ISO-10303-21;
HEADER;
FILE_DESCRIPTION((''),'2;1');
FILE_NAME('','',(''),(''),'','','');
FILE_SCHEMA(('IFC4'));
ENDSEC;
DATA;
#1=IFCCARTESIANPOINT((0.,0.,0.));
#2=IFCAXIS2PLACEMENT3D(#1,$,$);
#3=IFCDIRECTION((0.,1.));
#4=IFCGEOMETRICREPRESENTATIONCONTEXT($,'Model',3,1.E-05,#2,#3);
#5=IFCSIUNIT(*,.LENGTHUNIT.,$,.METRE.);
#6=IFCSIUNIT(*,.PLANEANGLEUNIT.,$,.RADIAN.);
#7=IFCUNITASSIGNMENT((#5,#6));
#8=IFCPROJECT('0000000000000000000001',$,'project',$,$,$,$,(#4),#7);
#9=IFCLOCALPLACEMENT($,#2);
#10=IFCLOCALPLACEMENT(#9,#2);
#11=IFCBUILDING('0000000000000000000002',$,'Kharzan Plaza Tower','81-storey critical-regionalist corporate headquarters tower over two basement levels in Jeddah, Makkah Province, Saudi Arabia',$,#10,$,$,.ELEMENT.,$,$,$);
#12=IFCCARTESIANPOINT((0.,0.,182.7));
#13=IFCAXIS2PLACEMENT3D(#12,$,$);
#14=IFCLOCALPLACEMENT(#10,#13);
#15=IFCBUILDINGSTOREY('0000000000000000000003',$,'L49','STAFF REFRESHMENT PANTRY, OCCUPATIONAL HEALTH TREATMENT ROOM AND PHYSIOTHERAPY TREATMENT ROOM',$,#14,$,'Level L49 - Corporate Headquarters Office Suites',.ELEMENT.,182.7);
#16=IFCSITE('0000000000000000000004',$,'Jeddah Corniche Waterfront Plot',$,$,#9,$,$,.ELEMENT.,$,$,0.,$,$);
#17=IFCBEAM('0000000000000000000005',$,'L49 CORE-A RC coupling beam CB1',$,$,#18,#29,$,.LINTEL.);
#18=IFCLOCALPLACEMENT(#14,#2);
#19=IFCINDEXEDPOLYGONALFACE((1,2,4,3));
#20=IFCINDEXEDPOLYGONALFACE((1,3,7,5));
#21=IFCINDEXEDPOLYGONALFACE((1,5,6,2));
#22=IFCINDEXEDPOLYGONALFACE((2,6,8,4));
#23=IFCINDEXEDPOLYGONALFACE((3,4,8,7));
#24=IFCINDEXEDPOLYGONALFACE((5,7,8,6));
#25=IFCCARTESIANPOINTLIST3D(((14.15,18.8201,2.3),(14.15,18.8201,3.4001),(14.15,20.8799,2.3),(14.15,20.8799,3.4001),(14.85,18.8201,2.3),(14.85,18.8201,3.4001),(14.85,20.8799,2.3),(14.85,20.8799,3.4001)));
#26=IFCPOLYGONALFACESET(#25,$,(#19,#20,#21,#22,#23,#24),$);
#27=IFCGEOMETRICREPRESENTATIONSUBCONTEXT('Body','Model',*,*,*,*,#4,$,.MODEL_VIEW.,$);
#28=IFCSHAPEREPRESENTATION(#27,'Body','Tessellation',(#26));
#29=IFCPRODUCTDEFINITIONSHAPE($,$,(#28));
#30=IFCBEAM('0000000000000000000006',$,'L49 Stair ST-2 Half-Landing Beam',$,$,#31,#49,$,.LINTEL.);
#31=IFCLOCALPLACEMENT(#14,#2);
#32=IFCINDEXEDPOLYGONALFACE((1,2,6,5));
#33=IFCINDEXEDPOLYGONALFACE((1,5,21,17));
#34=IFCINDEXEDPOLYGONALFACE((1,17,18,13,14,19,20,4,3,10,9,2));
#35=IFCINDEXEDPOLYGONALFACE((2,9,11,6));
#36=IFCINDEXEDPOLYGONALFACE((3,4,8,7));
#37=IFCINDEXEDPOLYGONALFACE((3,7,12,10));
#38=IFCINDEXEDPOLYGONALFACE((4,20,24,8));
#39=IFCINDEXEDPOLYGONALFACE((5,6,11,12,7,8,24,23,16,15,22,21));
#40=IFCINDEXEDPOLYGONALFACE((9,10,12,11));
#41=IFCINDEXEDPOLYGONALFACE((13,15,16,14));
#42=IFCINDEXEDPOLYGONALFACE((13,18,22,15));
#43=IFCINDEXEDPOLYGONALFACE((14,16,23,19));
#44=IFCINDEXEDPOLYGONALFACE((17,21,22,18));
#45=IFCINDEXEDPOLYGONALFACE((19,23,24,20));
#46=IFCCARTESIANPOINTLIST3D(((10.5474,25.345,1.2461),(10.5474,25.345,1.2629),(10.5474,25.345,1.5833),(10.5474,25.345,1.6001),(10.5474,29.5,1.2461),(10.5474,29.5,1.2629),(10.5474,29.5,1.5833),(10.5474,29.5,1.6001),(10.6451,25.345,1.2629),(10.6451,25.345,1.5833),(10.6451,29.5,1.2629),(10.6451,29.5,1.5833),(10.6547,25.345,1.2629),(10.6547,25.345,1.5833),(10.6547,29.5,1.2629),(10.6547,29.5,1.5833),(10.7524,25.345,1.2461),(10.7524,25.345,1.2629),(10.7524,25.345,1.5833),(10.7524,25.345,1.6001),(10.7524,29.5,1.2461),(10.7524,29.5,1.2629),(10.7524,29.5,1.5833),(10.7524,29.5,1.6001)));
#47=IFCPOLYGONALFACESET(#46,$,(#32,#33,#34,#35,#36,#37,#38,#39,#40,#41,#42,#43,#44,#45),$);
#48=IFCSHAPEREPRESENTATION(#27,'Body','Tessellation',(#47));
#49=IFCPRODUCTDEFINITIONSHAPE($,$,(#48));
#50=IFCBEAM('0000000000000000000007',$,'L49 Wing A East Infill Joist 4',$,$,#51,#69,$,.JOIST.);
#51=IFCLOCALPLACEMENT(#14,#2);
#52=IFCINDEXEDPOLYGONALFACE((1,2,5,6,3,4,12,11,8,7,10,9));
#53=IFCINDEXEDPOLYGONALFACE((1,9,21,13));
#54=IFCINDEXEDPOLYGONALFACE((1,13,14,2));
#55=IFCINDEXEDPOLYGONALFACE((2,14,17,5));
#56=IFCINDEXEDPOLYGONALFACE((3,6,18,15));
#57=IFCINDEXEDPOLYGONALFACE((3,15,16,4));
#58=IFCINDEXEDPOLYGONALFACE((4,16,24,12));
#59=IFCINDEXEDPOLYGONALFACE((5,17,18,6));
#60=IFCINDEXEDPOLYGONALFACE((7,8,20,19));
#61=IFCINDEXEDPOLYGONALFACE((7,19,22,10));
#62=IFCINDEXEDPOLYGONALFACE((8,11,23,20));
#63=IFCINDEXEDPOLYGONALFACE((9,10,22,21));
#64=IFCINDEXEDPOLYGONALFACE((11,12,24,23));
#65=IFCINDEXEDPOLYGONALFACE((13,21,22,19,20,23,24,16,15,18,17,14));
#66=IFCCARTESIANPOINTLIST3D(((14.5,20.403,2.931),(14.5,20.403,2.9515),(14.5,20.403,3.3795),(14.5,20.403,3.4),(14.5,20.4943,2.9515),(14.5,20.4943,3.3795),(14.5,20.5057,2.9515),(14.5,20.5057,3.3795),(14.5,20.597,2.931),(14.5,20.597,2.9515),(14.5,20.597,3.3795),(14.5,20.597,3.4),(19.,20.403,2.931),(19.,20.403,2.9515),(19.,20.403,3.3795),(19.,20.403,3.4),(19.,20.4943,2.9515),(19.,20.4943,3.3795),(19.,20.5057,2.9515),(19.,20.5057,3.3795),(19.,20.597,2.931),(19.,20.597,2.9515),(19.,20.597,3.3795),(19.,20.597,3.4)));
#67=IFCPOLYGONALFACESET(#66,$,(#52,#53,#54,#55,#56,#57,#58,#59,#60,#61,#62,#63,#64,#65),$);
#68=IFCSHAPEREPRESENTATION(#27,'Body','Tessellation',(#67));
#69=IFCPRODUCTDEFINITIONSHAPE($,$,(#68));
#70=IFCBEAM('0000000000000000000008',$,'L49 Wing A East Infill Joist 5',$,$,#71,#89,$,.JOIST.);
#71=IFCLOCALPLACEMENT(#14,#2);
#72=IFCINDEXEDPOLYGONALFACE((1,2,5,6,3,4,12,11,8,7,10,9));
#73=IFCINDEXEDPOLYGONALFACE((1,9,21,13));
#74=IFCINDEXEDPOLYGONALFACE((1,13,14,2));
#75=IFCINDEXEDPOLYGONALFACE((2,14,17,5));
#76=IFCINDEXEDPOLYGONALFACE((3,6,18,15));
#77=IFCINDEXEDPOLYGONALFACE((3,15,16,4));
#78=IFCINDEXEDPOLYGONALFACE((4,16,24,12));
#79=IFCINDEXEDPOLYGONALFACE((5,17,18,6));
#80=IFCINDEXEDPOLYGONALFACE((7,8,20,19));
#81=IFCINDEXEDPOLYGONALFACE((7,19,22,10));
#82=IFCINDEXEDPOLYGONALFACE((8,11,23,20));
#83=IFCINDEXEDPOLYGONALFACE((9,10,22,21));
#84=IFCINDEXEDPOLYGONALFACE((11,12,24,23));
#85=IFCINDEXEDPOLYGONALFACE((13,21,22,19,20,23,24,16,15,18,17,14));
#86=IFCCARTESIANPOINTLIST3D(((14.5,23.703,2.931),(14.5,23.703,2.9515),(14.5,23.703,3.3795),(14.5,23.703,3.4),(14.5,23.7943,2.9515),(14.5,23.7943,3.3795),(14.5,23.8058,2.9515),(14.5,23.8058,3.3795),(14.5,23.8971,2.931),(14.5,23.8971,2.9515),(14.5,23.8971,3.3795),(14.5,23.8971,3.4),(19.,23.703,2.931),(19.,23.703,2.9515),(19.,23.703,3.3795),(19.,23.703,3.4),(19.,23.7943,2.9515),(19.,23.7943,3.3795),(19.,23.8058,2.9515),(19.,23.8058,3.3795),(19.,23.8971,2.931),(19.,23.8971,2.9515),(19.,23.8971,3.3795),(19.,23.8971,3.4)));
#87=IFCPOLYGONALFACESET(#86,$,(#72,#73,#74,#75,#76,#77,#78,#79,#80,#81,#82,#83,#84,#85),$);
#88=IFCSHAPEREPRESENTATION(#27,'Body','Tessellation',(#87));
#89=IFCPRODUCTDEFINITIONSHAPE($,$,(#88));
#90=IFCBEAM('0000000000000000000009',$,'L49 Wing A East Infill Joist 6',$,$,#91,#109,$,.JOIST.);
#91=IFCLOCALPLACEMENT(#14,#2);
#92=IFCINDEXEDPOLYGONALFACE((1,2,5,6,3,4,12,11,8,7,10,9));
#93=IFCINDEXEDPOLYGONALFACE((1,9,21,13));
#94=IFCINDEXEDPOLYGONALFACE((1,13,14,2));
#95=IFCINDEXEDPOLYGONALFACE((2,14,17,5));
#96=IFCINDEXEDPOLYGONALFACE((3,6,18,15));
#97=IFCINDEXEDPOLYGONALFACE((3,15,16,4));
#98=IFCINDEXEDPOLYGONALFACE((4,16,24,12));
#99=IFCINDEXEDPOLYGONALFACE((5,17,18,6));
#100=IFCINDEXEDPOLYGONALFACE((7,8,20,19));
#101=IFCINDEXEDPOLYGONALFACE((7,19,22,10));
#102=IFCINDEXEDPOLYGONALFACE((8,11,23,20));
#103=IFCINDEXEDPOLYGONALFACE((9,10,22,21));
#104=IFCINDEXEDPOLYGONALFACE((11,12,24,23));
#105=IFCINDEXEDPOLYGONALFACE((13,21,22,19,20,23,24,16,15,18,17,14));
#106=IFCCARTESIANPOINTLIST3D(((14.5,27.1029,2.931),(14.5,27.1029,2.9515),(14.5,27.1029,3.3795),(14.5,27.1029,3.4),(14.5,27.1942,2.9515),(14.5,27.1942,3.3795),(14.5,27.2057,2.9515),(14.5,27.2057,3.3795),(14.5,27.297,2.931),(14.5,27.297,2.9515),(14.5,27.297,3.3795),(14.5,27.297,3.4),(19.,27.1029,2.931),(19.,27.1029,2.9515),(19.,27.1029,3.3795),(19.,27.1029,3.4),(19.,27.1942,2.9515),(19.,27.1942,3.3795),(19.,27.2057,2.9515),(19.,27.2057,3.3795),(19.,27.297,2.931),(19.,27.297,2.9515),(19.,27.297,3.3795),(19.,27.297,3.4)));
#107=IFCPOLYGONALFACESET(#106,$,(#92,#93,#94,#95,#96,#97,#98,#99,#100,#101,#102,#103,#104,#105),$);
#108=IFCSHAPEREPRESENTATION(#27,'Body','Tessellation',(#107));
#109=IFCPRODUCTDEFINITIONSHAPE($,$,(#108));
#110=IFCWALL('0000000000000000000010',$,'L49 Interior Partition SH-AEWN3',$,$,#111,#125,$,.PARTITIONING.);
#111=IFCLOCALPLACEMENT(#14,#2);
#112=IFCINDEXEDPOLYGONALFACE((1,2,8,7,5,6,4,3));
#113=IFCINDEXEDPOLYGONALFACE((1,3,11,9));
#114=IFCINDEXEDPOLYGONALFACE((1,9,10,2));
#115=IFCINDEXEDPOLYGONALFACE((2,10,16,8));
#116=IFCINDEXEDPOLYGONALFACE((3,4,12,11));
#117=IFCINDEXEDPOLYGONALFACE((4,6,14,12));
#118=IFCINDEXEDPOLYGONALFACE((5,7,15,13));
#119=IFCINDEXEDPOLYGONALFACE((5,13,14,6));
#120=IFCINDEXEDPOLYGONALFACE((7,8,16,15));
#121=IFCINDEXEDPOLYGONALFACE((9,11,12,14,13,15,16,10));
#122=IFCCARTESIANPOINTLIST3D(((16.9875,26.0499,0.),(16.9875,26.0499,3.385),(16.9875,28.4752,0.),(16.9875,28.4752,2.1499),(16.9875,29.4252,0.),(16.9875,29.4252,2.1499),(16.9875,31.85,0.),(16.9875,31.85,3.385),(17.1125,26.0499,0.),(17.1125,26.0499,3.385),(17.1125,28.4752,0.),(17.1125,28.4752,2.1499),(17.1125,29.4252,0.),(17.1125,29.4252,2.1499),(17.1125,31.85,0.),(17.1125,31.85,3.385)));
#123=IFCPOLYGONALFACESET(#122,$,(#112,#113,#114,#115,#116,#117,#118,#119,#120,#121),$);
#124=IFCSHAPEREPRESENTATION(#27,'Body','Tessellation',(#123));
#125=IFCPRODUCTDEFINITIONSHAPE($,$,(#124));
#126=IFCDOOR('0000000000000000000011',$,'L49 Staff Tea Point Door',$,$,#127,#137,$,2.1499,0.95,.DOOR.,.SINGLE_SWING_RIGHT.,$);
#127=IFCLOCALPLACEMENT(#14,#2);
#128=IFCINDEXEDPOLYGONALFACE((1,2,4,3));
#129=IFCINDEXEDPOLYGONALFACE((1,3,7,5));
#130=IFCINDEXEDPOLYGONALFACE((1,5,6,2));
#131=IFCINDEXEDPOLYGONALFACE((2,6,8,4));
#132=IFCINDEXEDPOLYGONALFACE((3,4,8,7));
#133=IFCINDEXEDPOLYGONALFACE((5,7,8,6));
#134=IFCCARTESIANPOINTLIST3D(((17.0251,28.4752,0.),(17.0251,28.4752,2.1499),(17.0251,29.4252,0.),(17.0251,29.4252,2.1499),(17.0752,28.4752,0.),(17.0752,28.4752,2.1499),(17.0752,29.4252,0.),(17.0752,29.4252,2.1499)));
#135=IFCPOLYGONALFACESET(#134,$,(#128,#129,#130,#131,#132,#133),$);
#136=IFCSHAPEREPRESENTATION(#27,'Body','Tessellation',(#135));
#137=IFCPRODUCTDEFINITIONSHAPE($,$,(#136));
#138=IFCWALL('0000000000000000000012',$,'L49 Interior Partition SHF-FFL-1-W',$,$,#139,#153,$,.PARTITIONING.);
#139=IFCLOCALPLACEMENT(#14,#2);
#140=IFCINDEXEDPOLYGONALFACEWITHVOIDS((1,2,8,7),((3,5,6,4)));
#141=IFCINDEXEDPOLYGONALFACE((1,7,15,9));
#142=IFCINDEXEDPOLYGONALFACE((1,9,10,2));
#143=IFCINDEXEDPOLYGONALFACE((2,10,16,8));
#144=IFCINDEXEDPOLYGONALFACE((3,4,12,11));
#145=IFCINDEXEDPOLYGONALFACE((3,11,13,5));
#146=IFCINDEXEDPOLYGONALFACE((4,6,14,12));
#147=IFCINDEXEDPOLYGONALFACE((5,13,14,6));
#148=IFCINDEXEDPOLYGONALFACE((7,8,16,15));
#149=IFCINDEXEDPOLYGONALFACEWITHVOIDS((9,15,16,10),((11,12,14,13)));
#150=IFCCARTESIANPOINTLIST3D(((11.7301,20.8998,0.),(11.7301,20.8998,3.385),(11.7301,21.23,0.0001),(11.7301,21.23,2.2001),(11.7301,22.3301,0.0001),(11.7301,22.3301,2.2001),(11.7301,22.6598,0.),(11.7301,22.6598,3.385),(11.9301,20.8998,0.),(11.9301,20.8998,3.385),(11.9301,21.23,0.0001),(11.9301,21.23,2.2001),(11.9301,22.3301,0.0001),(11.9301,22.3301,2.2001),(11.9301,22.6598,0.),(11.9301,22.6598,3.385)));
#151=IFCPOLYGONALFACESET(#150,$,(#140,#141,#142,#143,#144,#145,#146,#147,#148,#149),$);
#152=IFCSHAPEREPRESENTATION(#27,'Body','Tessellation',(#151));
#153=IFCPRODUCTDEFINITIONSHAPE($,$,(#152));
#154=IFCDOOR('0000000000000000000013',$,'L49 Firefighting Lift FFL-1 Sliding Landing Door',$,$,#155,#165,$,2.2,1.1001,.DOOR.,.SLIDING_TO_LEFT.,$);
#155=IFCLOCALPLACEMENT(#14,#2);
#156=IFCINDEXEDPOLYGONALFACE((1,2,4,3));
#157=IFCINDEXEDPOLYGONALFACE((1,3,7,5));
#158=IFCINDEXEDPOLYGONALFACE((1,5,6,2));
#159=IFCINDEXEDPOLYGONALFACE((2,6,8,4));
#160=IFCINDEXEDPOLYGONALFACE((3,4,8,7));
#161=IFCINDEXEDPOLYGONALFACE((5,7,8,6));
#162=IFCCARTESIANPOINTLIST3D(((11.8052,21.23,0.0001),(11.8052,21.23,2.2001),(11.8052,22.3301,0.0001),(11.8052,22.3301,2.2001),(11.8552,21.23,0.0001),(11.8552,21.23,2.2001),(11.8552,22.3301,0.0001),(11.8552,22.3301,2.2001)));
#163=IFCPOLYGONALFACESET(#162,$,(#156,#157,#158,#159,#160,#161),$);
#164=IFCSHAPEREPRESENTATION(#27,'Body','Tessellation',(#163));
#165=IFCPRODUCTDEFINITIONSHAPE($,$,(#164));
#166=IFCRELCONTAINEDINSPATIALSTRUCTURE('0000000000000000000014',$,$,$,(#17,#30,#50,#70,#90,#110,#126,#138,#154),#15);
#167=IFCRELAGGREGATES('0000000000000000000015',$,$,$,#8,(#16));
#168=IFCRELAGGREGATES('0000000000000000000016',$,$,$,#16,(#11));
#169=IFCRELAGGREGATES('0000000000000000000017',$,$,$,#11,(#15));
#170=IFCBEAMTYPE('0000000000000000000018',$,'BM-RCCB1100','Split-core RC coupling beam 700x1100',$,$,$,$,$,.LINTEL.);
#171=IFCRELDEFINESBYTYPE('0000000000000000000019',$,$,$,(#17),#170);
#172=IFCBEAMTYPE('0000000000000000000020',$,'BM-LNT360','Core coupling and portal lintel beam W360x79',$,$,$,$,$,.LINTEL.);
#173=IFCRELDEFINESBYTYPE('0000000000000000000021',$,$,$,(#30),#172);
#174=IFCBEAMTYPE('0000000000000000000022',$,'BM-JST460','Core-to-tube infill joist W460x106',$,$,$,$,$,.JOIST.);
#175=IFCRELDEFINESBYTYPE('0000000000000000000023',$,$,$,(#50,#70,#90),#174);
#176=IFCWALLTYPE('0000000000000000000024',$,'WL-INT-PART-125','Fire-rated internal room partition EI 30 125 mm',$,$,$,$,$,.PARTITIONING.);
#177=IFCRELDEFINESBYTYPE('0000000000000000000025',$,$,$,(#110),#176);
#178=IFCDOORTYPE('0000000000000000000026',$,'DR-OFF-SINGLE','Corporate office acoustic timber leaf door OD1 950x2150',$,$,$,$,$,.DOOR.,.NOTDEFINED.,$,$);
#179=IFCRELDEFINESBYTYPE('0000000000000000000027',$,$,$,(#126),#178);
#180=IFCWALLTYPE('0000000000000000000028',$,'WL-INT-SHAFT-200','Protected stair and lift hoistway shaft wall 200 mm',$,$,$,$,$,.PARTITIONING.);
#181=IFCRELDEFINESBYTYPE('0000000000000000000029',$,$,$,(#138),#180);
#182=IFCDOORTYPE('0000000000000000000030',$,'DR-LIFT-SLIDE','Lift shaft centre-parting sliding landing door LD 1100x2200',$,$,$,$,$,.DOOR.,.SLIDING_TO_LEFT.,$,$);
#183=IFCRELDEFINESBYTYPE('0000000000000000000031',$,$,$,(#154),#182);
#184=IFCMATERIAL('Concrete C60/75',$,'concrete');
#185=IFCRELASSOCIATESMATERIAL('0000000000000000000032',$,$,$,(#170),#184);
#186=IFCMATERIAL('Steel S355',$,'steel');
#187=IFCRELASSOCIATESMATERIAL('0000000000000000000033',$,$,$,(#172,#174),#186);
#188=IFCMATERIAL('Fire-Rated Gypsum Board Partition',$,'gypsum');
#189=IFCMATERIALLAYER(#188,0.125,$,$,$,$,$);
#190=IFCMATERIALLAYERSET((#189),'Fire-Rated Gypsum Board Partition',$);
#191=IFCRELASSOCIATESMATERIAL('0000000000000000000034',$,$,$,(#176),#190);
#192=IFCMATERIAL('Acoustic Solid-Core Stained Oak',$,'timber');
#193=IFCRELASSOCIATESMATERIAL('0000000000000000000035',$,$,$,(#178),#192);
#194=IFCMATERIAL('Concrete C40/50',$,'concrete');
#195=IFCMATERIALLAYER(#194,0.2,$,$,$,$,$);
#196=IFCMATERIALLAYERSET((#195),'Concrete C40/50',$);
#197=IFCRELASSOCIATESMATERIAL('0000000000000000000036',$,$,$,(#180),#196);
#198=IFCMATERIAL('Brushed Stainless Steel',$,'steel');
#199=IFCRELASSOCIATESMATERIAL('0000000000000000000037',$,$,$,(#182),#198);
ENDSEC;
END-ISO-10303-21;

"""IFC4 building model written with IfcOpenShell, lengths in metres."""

from ifc_helpers import new_model, si_unit, direction, frame, frame_2d, origin, origin_2d, place, context, subcontext, project, spatial, rectangle, i_section, extrude, source, transform, mapped, material, layer, layer_set, material_profile, profile_set, type_object, element, fill, save


model = new_model("IFC4")

# Units and contexts
model_context = context("Model", 3, precision=1e-05, world=origin(), true_north=direction((0.0, 1.0)))
body_context = subcontext(model_context, "Body", "Model", "MODEL_VIEW")
ifc_project = project(units=[si_unit("LENGTHUNIT", "METRE"), si_unit("PLANEANGLEUNIT", "RADIAN")], contexts=[model_context])

# Site, building, storey
site_placement = place(None, origin())
site = spatial("IfcSite", under=ifc_project, at=site_placement, Name="Jeddah Corniche Waterfront Plot", CompositionType="ELEMENT", RefElevation=0.0)
building_placement = place(site_placement, origin())
building = spatial("IfcBuilding", under=site, at=building_placement, Name="Kharzan Plaza Tower", Description="81-storey critical-regionalist corporate headquarters tower over two basement levels in Jeddah, Makkah Province, Saudi Arabia", CompositionType="ELEMENT")
storey_placement = place(building_placement, frame((0.0, 0.0, 182.7)))
storey = spatial("IfcBuildingStorey", under=building, at=storey_placement, Name="L49", Description="STAFF REFRESHMENT PANTRY, OCCUPATIONAL HEALTH TREATMENT ROOM AND PHYSIOTHERAPY TREATMENT ROOM", LongName="Level L49 - Corporate Headquarters Office Suites", CompositionType="ELEMENT", Elevation=182.7)

# Beams
ifc_material_1 = material(Name="Concrete C60/75", Category="concrete")
ifc_material_profile_1 = material_profile(ifc_material_1, rectangle(XDim=0.7, YDim=1.1001, at=origin_2d()), Name="RC-CB1100x700")
ifc_profile_set_1 = profile_set([ifc_material_profile_1], Name="Concrete C60/75")
beam_type_1 = type_object("IfcBeamType", Name="BM-RCCB1100", Description="Split-core RC coupling beam 700x1100", PredefinedType="LINTEL", material=ifc_profile_set_1)
shared_shape_1 = source(origin(), body_context, "Body", "SweptSolid", [
    extrude(rectangle(XDim=0.7, YDim=1.1001, at=origin_2d()), origin(), (0.0, 0.0, 1.0), 2.0598),
])
beam_1_placement = place(storey_placement, frame((14.5, 18.8201, 2.8501), z_axis=(0.0, 1.0, 0.0), x_axis=(-1.0, 0.0, 0.0)))
element("IfcBeam", 1, at=beam_1_placement, inside=storey, type_object=beam_type_1, Name="L49 CORE-A RC coupling beam CB1", PredefinedType="LINTEL", context=body_context, shape_type="MappedRepresentation", body=[
    mapped(shared_shape_1, transform((0.0, 0.0, 0.0), x_axis=(1.0, 0.0, 0.0), y_axis=(0.0, 1.0, 0.0), z_axis=(0.0, 0.0, 1.0))),
])
ifc_material_2 = material(Name="Steel S355", Category="steel")
ifc_material_profile_2 = material_profile(ifc_material_2, i_section(OverallWidth=0.2051, OverallDepth=0.354, WebThickness=0.0095, FlangeThickness=0.0168, at=origin_2d()), Name="W360x79")
ifc_profile_set_2 = profile_set([ifc_material_profile_2], Name="Steel S355")
beam_type_2 = type_object("IfcBeamType", Name="BM-LNT360", Description="Core coupling and portal lintel beam W360x79", PredefinedType="LINTEL", material=ifc_profile_set_2)
shared_shape_2 = source(origin(), body_context, "Body", "SweptSolid", [
    extrude(i_section(OverallWidth=0.2051, OverallDepth=0.354, WebThickness=0.0095, FlangeThickness=0.0168, at=origin_2d()), origin(), (0.0, 0.0, 1.0), 4.155),
])
beam_2_placement = place(storey_placement, frame((10.6499, 25.345, 1.4231), z_axis=(0.0, 1.0, 0.0), x_axis=(-1.0, 0.0, 0.0)))
element("IfcBeam", 2, at=beam_2_placement, inside=storey, type_object=beam_type_2, Name="L49 Stair ST-2 Half-Landing Beam", PredefinedType="LINTEL", context=body_context, shape_type="MappedRepresentation", body=[
    mapped(shared_shape_2, transform((0.0, 0.0, 0.0), x_axis=(1.0, 0.0, 0.0), y_axis=(0.0, 1.0, 0.0), z_axis=(0.0, 0.0, 1.0))),
])
ifc_material_profile_3 = material_profile(ifc_material_2, i_section(OverallWidth=0.1941, OverallDepth=0.469, WebThickness=0.0115, FlangeThickness=0.0205, at=origin_2d()), Name="W460x106")
ifc_profile_set_3 = profile_set([ifc_material_profile_3], Name="Steel S355")
beam_type_3 = type_object("IfcBeamType", Name="BM-JST460", Description="Core-to-tube infill joist W460x106", PredefinedType="JOIST", material=ifc_profile_set_3)
shared_shape_3 = source(origin(), body_context, "Body", "SweptSolid", [
    extrude(i_section(OverallWidth=0.1941, OverallDepth=0.469, WebThickness=0.0115, FlangeThickness=0.0205, at=origin_2d()), origin(), (0.0, 0.0, 1.0), 4.5),
])
for number, where, z_axis, x_axis, name in (
    (3, (14.5, 20.5, 3.1655), (1.0, 0.0, 0.0), (0.0, 1.0, 0.0), "L49 Wing A East Infill Joist 4"),
    (4, (14.5, 23.8, 3.1655), (1.0, 0.0, 0.0), (0.0, 1.0, 0.0), "L49 Wing A East Infill Joist 5"),
    (5, (14.5, 27.2, 3.1655), (1.0, 0.0, 0.0), (0.0, 1.0, 0.0), "L49 Wing A East Infill Joist 6"),
):
    element("IfcBeam", number, at=place(storey_placement, frame(where, z_axis=z_axis, x_axis=x_axis)), inside=storey, type_object=beam_type_3, Name=name, PredefinedType="JOIST", context=body_context, shape_type="MappedRepresentation", body=[
        mapped(shared_shape_3, transform((0.0, 0.0, 0.0), x_axis=(1.0, 0.0, 0.0), y_axis=(0.0, 1.0, 0.0), z_axis=(0.0, 0.0, 1.0))),
    ])

# Walls, openings, doors
ifc_material_3 = material(Name="Fire-Rated Gypsum Board Partition", Category="gypsum")
ifc_layer_1 = layer(ifc_material_3, 0.125)
ifc_layer_set_1 = layer_set([ifc_layer_1], Name="Fire-Rated Gypsum Board Partition")
wall_type_1 = type_object("IfcWallType", Name="WL-INT-PART-125", Description="Fire-rated internal room partition EI 30 125 mm", PredefinedType="PARTITIONING", material=ifc_layer_set_1)
wall_1_placement = place(storey_placement, frame((17.05, 26.05, 0.0), z_axis=(0.0, 0.0, 1.0), x_axis=(0.0, 1.0, 0.0)))
wall_1 = element("IfcWall", 6, at=wall_1_placement, inside=storey, type_object=wall_type_1, Name="L49 Interior Partition SH-AEWN3", PredefinedType="PARTITIONING", context=body_context, shape_type="SweptSolid", body=[
    extrude(rectangle(XDim=5.8, YDim=0.125, at=frame_2d((2.8999, 0.0))), origin(), (0.0, 0.0, 1.0), 3.385),
])
opening_1_placement = place(wall_1_placement, frame((2.425, 0.0, 0.0)))
opening_1 = element("IfcOpeningElement", 7, at=opening_1_placement, cuts=wall_1, PredefinedType="OPENING", context=body_context, shape_type="SweptSolid", body=[
    extrude(rectangle(XDim=0.95, YDim=2.1499, at=frame_2d((0.4751, 1.075))), frame((0.0, 0.0725, 0.0), z_axis=(0.0, -1.0, 0.0), x_axis=(1.0, 0.0, 0.0)), (0.0, 0.0, 1.0), 0.145),
])
ifc_material_4 = material(Name="Acoustic Solid-Core Stained Oak", Category="timber")
door_type_1 = type_object("IfcDoorType", Name="DR-OFF-SINGLE", Description="Corporate office acoustic timber leaf door OD1 950x2150", OperationType="NOTDEFINED", PredefinedType="DOOR", material=ifc_material_4)
shared_shape_4 = source(origin(), body_context, "Body", "SweptSolid", [
    extrude(rectangle(XDim=0.95, YDim=2.1499, at=frame_2d((0.4751, 1.075))), frame((0.0, 0.0249, 0.0), z_axis=(0.0, -1.0, 0.0), x_axis=(1.0, 0.0, 0.0)), (0.0, 0.0, 1.0), 0.05),
])
door_1_placement = place(opening_1_placement, origin())
door_1 = element("IfcDoor", 8, at=door_1_placement, inside=storey, type_object=door_type_1, Name="L49 Staff Tea Point Door", OperationType="SINGLE_SWING_RIGHT", OverallHeight=2.1499, OverallWidth=0.95, PredefinedType="DOOR", context=body_context, shape_type="MappedRepresentation", body=[
    mapped(shared_shape_4, transform((0.0, 0.0, 0.0), x_axis=(1.0, 0.0, 0.0), y_axis=(0.0, 1.0, 0.0), z_axis=(0.0, 0.0, 1.0))),
])
fill(opening_1, door_1)
ifc_material_5 = material(Name="Concrete C40/50", Category="concrete")
ifc_layer_2 = layer(ifc_material_5, 0.2)
ifc_layer_set_2 = layer_set([ifc_layer_2], Name="Concrete C40/50")
wall_type_2 = type_object("IfcWallType", Name="WL-INT-SHAFT-200", Description="Protected stair and lift hoistway shaft wall 200 mm", PredefinedType="PARTITIONING", material=ifc_layer_set_2)
wall_2_placement = place(storey_placement, frame((11.8301, 20.8999, 0.0), z_axis=(0.0, 0.0, 1.0), x_axis=(0.0, 1.0, 0.0)))
wall_2 = element("IfcWall", 9, at=wall_2_placement, inside=storey, type_object=wall_type_2, Name="L49 Interior Partition SHF-FFL-1-W", PredefinedType="PARTITIONING", context=body_context, shape_type="SweptSolid", body=[
    extrude(rectangle(XDim=1.76, YDim=0.2, at=frame_2d((0.8799, 0.0))), origin(), (0.0, 0.0, 1.0), 3.385),
])
opening_2_placement = place(wall_2_placement, frame((0.3301, 0.0, 0.0)))
opening_2 = element("IfcOpeningElement", 10, at=opening_2_placement, cuts=wall_2, PredefinedType="OPENING", context=body_context, shape_type="SweptSolid", body=[
    extrude(rectangle(XDim=1.1001, YDim=2.2, at=frame_2d((0.55, 1.1001))), frame((0.0, 0.1099, 0.0), z_axis=(0.0, -1.0, 0.0), x_axis=(1.0, 0.0, 0.0)), (0.0, 0.0, 1.0), 0.22),
])
ifc_material_6 = material(Name="Brushed Stainless Steel", Category="steel")
door_type_2 = type_object("IfcDoorType", Name="DR-LIFT-SLIDE", Description="Lift shaft centre-parting sliding landing door LD 1100x2200", OperationType="SLIDING_TO_LEFT", PredefinedType="DOOR", material=ifc_material_6)
shared_shape_5 = source(origin(), body_context, "Body", "SweptSolid", [
    extrude(rectangle(XDim=1.1001, YDim=2.2, at=frame_2d((0.55, 1.1001))), frame((0.0, 0.0249, 0.0), z_axis=(0.0, -1.0, 0.0), x_axis=(1.0, 0.0, 0.0)), (0.0, 0.0, 1.0), 0.05),
])
door_2_placement = place(opening_2_placement, origin())
door_2 = element("IfcDoor", 11, at=door_2_placement, inside=storey, type_object=door_type_2, Name="L49 Firefighting Lift FFL-1 Sliding Landing Door", OperationType="SLIDING_TO_LEFT", OverallHeight=2.2, OverallWidth=1.1001, PredefinedType="DOOR", context=body_context, shape_type="MappedRepresentation", body=[
    mapped(shared_shape_5, transform((0.0, 0.0, 0.0), x_axis=(1.0, 0.0, 0.0), y_axis=(0.0, 1.0, 0.0), z_axis=(0.0, 0.0, 1.0))),
])
fill(opening_2, door_2)

save(model, "model.ifc")
